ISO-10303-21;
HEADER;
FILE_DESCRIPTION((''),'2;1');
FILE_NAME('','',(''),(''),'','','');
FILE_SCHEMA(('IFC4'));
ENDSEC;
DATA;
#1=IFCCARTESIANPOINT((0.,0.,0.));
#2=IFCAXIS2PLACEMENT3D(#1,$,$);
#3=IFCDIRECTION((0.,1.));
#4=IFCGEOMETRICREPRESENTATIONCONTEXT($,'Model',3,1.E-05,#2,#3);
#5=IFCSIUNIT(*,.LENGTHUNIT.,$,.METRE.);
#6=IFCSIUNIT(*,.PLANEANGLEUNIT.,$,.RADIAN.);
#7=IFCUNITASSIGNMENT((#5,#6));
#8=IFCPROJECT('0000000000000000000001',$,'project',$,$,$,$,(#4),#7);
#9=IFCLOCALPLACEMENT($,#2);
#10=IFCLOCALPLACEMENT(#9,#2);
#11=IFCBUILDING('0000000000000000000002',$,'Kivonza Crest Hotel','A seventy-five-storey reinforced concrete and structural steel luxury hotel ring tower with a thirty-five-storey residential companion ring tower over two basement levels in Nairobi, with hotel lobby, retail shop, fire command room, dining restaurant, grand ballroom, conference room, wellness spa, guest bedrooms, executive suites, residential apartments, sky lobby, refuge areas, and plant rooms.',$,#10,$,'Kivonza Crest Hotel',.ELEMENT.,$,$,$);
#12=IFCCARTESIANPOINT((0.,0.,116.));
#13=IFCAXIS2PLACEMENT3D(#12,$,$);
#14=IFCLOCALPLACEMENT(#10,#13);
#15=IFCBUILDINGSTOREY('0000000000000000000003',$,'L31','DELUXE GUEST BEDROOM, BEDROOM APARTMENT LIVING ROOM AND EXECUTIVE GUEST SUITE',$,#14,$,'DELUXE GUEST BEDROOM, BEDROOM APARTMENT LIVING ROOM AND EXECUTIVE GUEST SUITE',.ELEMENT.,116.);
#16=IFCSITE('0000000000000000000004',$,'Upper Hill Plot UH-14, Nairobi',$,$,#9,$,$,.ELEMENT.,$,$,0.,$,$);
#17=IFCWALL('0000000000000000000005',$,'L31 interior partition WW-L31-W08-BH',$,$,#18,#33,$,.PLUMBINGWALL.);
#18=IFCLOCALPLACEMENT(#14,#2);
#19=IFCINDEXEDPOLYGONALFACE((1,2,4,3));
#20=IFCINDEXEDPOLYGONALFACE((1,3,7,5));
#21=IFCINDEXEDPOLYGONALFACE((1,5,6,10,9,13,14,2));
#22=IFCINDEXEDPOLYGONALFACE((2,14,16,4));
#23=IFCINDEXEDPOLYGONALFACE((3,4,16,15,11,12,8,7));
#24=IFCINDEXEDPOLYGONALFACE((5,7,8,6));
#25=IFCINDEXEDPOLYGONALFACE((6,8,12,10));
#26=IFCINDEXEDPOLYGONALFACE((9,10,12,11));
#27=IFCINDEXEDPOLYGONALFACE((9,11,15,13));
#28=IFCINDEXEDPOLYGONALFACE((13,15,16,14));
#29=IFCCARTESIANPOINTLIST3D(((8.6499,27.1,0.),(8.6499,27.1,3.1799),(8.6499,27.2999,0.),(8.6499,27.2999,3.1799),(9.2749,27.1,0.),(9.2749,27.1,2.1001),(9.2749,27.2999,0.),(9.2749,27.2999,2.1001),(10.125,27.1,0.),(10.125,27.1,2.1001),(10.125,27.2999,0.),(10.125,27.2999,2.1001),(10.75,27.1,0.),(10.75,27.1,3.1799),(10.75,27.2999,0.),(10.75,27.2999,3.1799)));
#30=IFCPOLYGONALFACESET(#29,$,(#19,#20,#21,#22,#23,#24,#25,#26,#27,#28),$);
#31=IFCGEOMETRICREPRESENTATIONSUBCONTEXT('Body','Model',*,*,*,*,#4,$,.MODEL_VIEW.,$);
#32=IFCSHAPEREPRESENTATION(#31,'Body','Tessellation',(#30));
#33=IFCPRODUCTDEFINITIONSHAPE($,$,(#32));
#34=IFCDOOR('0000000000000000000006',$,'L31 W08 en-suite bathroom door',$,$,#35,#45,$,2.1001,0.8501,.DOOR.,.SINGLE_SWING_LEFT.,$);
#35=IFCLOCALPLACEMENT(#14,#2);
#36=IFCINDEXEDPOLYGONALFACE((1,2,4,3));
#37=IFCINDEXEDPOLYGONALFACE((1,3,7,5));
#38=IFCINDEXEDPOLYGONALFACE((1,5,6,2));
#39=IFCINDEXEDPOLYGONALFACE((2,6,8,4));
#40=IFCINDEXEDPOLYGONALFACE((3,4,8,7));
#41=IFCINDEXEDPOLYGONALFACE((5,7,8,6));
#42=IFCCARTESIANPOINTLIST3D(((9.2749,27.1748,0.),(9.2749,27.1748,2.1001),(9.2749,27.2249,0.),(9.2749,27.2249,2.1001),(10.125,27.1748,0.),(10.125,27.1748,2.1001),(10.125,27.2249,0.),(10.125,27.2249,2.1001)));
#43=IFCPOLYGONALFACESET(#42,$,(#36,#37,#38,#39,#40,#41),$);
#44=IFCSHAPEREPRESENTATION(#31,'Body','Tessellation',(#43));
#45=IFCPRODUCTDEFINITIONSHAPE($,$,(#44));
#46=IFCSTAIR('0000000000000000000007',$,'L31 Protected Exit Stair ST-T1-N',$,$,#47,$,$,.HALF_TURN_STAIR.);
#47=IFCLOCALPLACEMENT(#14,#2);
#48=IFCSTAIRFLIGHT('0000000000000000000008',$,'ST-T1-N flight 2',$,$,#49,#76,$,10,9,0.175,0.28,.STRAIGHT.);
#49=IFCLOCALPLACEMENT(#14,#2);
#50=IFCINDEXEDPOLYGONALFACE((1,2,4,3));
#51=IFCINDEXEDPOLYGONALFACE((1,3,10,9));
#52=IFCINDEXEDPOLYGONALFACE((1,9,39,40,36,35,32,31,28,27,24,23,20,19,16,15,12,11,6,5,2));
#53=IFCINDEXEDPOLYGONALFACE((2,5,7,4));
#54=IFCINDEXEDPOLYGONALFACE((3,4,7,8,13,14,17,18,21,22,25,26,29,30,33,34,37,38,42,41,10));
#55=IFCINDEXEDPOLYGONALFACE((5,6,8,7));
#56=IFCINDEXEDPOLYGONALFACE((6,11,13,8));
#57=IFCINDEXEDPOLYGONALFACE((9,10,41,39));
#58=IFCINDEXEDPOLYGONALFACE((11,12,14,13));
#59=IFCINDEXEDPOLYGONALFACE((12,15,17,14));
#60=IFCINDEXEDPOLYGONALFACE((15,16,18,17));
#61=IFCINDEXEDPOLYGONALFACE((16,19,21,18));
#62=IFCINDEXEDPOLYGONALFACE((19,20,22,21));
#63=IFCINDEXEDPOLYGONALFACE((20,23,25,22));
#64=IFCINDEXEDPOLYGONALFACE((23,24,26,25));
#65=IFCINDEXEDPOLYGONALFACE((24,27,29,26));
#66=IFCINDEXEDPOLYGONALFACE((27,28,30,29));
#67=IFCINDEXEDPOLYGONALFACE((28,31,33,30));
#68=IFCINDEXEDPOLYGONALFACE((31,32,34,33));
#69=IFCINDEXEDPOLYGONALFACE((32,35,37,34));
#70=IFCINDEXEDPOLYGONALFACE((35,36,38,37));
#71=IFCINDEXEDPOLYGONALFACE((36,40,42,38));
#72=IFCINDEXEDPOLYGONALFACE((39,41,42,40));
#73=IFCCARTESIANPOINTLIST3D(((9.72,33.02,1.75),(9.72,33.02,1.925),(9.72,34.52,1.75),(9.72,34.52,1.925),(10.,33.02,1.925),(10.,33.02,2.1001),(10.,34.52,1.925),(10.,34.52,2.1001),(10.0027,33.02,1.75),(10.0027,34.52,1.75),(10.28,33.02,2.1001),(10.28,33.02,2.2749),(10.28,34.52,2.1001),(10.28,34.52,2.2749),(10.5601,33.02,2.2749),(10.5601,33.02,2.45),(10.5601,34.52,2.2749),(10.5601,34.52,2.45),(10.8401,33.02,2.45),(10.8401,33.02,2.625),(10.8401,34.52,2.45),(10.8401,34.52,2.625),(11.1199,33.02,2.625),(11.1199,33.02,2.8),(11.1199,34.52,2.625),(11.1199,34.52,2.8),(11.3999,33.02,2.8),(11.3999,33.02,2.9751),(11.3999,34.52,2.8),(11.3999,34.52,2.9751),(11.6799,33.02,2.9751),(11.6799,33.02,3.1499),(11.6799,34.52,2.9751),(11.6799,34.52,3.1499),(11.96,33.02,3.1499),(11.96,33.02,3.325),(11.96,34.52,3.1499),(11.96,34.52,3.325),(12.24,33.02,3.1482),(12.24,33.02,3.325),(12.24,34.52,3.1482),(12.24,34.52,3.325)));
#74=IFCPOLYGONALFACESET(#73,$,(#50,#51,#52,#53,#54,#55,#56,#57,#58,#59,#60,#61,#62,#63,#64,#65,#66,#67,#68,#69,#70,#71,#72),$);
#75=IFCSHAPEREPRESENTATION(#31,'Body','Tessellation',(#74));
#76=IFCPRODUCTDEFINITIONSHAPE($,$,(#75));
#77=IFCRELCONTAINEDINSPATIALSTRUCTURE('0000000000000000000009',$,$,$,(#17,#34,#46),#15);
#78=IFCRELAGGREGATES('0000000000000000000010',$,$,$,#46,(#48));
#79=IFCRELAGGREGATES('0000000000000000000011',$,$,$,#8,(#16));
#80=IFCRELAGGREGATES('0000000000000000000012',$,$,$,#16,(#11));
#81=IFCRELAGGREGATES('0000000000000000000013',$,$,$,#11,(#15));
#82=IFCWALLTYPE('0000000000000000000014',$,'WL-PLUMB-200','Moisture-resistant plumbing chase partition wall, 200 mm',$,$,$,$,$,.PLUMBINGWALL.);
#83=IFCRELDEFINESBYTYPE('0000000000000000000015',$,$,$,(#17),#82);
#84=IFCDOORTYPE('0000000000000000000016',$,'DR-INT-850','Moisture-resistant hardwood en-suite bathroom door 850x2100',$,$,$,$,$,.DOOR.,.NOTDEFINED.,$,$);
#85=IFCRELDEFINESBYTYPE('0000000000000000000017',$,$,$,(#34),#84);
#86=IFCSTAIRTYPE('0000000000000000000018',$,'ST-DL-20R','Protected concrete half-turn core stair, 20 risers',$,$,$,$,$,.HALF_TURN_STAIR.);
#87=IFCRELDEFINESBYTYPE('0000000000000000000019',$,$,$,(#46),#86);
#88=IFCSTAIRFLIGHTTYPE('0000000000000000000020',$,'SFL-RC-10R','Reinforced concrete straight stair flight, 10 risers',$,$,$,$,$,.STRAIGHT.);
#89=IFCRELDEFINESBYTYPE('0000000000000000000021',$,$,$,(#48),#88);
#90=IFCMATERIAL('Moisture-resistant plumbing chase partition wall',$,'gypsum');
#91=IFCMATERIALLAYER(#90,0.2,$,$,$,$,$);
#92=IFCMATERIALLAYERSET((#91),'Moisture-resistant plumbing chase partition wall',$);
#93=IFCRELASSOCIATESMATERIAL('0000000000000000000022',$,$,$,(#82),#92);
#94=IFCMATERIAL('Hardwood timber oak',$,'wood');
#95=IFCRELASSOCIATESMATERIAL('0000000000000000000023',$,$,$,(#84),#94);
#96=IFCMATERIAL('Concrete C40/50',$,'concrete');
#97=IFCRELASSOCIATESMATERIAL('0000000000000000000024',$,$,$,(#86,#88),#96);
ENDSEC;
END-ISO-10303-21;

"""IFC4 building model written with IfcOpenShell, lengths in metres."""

from ifc_helpers import new_model, si_unit, direction, frame, frame_2d, origin, place, context, subcontext, project, spatial, polyline, rectangle, outline, extrude, material, layer, layer_set, type_object, element, fill, aggregate, save


model = new_model("IFC4")

# Units and contexts
model_context = context("Model", 3, precision=1e-05, world=origin(), true_north=direction((0.0, 1.0)))
body_context = subcontext(model_context, "Body", "Model", "MODEL_VIEW")
ifc_project = project(units=[si_unit("LENGTHUNIT", "METRE"), si_unit("PLANEANGLEUNIT", "RADIAN")], contexts=[model_context])

# Site, building, storey
site_placement = place(None, origin())
site = spatial("IfcSite", under=ifc_project, at=site_placement, Name="Upper Hill Plot UH-14, Nairobi", CompositionType="ELEMENT", RefElevation=0.0)
building_placement = place(site_placement, origin())
building = spatial("IfcBuilding", under=site, at=building_placement, Name="Kivonza Crest Hotel", Description="A seventy-five-storey reinforced concrete and structural steel luxury hotel ring tower with a thirty-five-storey residential companion ring tower over two basement levels in Nairobi, with hotel lobby, retail shop, fire command room, dining restaurant, grand ballroom, conference room, wellness spa, guest bedrooms, executive suites, residential apartments, sky lobby, refuge areas, and plant rooms.", LongName="Kivonza Crest Hotel", CompositionType="ELEMENT")
storey_placement = place(building_placement, frame((0.0, 0.0, 116.0)))
storey = spatial("IfcBuildingStorey", under=building, at=storey_placement, Name="L31", Description="DELUXE GUEST BEDROOM, BEDROOM APARTMENT LIVING ROOM AND EXECUTIVE GUEST SUITE", LongName="DELUXE GUEST BEDROOM, BEDROOM APARTMENT LIVING ROOM AND EXECUTIVE GUEST SUITE", CompositionType="ELEMENT", Elevation=116.0)

# Shared definitions
ifc_material_1 = material(Name="Hardwood timber oak", Category="wood")

# Wall, opening, door
ifc_material_2 = material(Name="Moisture-resistant plumbing chase partition wall", Category="gypsum")
ifc_layer_1 = layer(ifc_material_2, 0.2)
ifc_layer_set_1 = layer_set([ifc_layer_1], Name="Moisture-resistant plumbing chase partition wall")
wall_type_1 = type_object("IfcWallType", Name="WL-PLUMB-200", Description="Moisture-resistant plumbing chase partition wall, 200 mm", PredefinedType="PLUMBINGWALL", material=ifc_layer_set_1)
wall_1_placement = place(storey_placement, frame((8.6499, 27.2, 0.0), z_axis=(0.0, 0.0, 1.0), x_axis=(1.0, 0.0, 0.0)))
wall_1 = element("IfcWall", 1, at=wall_1_placement, inside=storey, type_object=wall_type_1, Name="L31 interior partition WW-L31-W08-BH", PredefinedType="PLUMBINGWALL", context=body_context, shape_type="SweptSolid", body=[
    extrude(rectangle(XDim=2.1001, YDim=0.2, at=frame_2d((1.05, 0.0))), origin(), (0.0, 0.0, 1.0), 3.1799),
])
opening_1_placement = place(wall_1_placement, frame((0.625, 0.0, 0.0)))
opening_1 = element("IfcOpeningElement", 2, at=opening_1_placement, cuts=wall_1, PredefinedType="OPENING", context=body_context, shape_type="SweptSolid", body=[
    extrude(rectangle(XDim=0.8501, YDim=2.1001, at=frame_2d((0.425, 1.05))), frame((0.0, 0.1099, 0.0), z_axis=(0.0, -1.0, 0.0), x_axis=(1.0, 0.0, 0.0)), (0.0, 0.0, 1.0), 0.22),
])
door_type_1 = type_object("IfcDoorType", Name="DR-INT-850", Description="Moisture-resistant hardwood en-suite bathroom door 850x2100", OperationType="NOTDEFINED", PredefinedType="DOOR", material=ifc_material_1)
door_1_placement = place(opening_1_placement, origin())
door_1 = element("IfcDoor", 3, at=door_1_placement, inside=storey, type_object=door_type_1, Name="L31 W08 en-suite bathroom door", OperationType="SINGLE_SWING_LEFT", OverallHeight=2.1001, OverallWidth=0.8501, PredefinedType="DOOR", context=body_context, shape_type="SweptSolid", body=[
    extrude(rectangle(XDim=0.8501, YDim=2.1001, at=frame_2d((0.425, 1.05))), frame((0.0, 0.0249, 0.0), z_axis=(0.0, -1.0, 0.0), x_axis=(1.0, 0.0, 0.0)), (0.0, 0.0, 1.0), 0.05),
])
fill(opening_1, door_1)

# Stair, stair flight
ifc_material_3 = material(Name="Concrete C40/50", Category="concrete")
stair_type = type_object("IfcStairType", Name="ST-DL-20R", Description="Protected concrete half-turn core stair, 20 risers", PredefinedType="HALF_TURN_STAIR", material=ifc_material_3)
stair_placement = place(storey_placement, origin())
stair = element("IfcStair", 4, at=stair_placement, inside=storey, type_object=stair_type, Name="L31 Protected Exit Stair ST-T1-N", PredefinedType="HALF_TURN_STAIR")
stair_flight_type = type_object("IfcStairFlightType", Name="SFL-RC-10R", Description="Reinforced concrete straight stair flight, 10 risers", PredefinedType="STRAIGHT", material=ifc_material_3)
stair_flight_placement = place(storey_placement, frame((9.72, 33.77, 1.75), z_axis=(0.0, 0.0, 1.0), x_axis=(1.0, 0.0, 0.0)))
stair_flight = element("IfcStairFlight", 5, at=stair_flight_placement, type_object=stair_flight_type, Name="ST-T1-N flight 2", NumberOfRisers=10, NumberOfTreads=9, PredefinedType="STRAIGHT", RiserHeight=0.175, TreadLength=0.28, context=body_context, shape_type="SweptSolid", body=[
    extrude(outline(polyline([(0.0, 0.0), (0.0, 0.175), (0.28, 0.175), (0.28, 0.3501), (0.5601, 0.3501), (0.5601, 0.5249), (0.8401, 0.5249), (0.8401, 0.7), (1.1201, 0.7), (1.1201, 0.875), (1.3999, 0.875), (1.3999, 1.05), (1.6799, 1.05), (1.6799, 1.2251), (1.96, 1.2251), (1.96, 1.3999), (2.24, 1.3999), (2.24, 1.575), (2.52, 1.575), (2.52, 1.75), (2.52, 1.3982), (0.2827, 0.0), (0.0, 0.0)])), frame((0.0, 0.75, 0.0), z_axis=(0.0, -1.0, 0.0), x_axis=(1.0, 0.0, 0.0)), (0.0, 0.0, 1.0), 1.5),
])
aggregate(stair, [stair_flight])

save(model, "model.ifc")
